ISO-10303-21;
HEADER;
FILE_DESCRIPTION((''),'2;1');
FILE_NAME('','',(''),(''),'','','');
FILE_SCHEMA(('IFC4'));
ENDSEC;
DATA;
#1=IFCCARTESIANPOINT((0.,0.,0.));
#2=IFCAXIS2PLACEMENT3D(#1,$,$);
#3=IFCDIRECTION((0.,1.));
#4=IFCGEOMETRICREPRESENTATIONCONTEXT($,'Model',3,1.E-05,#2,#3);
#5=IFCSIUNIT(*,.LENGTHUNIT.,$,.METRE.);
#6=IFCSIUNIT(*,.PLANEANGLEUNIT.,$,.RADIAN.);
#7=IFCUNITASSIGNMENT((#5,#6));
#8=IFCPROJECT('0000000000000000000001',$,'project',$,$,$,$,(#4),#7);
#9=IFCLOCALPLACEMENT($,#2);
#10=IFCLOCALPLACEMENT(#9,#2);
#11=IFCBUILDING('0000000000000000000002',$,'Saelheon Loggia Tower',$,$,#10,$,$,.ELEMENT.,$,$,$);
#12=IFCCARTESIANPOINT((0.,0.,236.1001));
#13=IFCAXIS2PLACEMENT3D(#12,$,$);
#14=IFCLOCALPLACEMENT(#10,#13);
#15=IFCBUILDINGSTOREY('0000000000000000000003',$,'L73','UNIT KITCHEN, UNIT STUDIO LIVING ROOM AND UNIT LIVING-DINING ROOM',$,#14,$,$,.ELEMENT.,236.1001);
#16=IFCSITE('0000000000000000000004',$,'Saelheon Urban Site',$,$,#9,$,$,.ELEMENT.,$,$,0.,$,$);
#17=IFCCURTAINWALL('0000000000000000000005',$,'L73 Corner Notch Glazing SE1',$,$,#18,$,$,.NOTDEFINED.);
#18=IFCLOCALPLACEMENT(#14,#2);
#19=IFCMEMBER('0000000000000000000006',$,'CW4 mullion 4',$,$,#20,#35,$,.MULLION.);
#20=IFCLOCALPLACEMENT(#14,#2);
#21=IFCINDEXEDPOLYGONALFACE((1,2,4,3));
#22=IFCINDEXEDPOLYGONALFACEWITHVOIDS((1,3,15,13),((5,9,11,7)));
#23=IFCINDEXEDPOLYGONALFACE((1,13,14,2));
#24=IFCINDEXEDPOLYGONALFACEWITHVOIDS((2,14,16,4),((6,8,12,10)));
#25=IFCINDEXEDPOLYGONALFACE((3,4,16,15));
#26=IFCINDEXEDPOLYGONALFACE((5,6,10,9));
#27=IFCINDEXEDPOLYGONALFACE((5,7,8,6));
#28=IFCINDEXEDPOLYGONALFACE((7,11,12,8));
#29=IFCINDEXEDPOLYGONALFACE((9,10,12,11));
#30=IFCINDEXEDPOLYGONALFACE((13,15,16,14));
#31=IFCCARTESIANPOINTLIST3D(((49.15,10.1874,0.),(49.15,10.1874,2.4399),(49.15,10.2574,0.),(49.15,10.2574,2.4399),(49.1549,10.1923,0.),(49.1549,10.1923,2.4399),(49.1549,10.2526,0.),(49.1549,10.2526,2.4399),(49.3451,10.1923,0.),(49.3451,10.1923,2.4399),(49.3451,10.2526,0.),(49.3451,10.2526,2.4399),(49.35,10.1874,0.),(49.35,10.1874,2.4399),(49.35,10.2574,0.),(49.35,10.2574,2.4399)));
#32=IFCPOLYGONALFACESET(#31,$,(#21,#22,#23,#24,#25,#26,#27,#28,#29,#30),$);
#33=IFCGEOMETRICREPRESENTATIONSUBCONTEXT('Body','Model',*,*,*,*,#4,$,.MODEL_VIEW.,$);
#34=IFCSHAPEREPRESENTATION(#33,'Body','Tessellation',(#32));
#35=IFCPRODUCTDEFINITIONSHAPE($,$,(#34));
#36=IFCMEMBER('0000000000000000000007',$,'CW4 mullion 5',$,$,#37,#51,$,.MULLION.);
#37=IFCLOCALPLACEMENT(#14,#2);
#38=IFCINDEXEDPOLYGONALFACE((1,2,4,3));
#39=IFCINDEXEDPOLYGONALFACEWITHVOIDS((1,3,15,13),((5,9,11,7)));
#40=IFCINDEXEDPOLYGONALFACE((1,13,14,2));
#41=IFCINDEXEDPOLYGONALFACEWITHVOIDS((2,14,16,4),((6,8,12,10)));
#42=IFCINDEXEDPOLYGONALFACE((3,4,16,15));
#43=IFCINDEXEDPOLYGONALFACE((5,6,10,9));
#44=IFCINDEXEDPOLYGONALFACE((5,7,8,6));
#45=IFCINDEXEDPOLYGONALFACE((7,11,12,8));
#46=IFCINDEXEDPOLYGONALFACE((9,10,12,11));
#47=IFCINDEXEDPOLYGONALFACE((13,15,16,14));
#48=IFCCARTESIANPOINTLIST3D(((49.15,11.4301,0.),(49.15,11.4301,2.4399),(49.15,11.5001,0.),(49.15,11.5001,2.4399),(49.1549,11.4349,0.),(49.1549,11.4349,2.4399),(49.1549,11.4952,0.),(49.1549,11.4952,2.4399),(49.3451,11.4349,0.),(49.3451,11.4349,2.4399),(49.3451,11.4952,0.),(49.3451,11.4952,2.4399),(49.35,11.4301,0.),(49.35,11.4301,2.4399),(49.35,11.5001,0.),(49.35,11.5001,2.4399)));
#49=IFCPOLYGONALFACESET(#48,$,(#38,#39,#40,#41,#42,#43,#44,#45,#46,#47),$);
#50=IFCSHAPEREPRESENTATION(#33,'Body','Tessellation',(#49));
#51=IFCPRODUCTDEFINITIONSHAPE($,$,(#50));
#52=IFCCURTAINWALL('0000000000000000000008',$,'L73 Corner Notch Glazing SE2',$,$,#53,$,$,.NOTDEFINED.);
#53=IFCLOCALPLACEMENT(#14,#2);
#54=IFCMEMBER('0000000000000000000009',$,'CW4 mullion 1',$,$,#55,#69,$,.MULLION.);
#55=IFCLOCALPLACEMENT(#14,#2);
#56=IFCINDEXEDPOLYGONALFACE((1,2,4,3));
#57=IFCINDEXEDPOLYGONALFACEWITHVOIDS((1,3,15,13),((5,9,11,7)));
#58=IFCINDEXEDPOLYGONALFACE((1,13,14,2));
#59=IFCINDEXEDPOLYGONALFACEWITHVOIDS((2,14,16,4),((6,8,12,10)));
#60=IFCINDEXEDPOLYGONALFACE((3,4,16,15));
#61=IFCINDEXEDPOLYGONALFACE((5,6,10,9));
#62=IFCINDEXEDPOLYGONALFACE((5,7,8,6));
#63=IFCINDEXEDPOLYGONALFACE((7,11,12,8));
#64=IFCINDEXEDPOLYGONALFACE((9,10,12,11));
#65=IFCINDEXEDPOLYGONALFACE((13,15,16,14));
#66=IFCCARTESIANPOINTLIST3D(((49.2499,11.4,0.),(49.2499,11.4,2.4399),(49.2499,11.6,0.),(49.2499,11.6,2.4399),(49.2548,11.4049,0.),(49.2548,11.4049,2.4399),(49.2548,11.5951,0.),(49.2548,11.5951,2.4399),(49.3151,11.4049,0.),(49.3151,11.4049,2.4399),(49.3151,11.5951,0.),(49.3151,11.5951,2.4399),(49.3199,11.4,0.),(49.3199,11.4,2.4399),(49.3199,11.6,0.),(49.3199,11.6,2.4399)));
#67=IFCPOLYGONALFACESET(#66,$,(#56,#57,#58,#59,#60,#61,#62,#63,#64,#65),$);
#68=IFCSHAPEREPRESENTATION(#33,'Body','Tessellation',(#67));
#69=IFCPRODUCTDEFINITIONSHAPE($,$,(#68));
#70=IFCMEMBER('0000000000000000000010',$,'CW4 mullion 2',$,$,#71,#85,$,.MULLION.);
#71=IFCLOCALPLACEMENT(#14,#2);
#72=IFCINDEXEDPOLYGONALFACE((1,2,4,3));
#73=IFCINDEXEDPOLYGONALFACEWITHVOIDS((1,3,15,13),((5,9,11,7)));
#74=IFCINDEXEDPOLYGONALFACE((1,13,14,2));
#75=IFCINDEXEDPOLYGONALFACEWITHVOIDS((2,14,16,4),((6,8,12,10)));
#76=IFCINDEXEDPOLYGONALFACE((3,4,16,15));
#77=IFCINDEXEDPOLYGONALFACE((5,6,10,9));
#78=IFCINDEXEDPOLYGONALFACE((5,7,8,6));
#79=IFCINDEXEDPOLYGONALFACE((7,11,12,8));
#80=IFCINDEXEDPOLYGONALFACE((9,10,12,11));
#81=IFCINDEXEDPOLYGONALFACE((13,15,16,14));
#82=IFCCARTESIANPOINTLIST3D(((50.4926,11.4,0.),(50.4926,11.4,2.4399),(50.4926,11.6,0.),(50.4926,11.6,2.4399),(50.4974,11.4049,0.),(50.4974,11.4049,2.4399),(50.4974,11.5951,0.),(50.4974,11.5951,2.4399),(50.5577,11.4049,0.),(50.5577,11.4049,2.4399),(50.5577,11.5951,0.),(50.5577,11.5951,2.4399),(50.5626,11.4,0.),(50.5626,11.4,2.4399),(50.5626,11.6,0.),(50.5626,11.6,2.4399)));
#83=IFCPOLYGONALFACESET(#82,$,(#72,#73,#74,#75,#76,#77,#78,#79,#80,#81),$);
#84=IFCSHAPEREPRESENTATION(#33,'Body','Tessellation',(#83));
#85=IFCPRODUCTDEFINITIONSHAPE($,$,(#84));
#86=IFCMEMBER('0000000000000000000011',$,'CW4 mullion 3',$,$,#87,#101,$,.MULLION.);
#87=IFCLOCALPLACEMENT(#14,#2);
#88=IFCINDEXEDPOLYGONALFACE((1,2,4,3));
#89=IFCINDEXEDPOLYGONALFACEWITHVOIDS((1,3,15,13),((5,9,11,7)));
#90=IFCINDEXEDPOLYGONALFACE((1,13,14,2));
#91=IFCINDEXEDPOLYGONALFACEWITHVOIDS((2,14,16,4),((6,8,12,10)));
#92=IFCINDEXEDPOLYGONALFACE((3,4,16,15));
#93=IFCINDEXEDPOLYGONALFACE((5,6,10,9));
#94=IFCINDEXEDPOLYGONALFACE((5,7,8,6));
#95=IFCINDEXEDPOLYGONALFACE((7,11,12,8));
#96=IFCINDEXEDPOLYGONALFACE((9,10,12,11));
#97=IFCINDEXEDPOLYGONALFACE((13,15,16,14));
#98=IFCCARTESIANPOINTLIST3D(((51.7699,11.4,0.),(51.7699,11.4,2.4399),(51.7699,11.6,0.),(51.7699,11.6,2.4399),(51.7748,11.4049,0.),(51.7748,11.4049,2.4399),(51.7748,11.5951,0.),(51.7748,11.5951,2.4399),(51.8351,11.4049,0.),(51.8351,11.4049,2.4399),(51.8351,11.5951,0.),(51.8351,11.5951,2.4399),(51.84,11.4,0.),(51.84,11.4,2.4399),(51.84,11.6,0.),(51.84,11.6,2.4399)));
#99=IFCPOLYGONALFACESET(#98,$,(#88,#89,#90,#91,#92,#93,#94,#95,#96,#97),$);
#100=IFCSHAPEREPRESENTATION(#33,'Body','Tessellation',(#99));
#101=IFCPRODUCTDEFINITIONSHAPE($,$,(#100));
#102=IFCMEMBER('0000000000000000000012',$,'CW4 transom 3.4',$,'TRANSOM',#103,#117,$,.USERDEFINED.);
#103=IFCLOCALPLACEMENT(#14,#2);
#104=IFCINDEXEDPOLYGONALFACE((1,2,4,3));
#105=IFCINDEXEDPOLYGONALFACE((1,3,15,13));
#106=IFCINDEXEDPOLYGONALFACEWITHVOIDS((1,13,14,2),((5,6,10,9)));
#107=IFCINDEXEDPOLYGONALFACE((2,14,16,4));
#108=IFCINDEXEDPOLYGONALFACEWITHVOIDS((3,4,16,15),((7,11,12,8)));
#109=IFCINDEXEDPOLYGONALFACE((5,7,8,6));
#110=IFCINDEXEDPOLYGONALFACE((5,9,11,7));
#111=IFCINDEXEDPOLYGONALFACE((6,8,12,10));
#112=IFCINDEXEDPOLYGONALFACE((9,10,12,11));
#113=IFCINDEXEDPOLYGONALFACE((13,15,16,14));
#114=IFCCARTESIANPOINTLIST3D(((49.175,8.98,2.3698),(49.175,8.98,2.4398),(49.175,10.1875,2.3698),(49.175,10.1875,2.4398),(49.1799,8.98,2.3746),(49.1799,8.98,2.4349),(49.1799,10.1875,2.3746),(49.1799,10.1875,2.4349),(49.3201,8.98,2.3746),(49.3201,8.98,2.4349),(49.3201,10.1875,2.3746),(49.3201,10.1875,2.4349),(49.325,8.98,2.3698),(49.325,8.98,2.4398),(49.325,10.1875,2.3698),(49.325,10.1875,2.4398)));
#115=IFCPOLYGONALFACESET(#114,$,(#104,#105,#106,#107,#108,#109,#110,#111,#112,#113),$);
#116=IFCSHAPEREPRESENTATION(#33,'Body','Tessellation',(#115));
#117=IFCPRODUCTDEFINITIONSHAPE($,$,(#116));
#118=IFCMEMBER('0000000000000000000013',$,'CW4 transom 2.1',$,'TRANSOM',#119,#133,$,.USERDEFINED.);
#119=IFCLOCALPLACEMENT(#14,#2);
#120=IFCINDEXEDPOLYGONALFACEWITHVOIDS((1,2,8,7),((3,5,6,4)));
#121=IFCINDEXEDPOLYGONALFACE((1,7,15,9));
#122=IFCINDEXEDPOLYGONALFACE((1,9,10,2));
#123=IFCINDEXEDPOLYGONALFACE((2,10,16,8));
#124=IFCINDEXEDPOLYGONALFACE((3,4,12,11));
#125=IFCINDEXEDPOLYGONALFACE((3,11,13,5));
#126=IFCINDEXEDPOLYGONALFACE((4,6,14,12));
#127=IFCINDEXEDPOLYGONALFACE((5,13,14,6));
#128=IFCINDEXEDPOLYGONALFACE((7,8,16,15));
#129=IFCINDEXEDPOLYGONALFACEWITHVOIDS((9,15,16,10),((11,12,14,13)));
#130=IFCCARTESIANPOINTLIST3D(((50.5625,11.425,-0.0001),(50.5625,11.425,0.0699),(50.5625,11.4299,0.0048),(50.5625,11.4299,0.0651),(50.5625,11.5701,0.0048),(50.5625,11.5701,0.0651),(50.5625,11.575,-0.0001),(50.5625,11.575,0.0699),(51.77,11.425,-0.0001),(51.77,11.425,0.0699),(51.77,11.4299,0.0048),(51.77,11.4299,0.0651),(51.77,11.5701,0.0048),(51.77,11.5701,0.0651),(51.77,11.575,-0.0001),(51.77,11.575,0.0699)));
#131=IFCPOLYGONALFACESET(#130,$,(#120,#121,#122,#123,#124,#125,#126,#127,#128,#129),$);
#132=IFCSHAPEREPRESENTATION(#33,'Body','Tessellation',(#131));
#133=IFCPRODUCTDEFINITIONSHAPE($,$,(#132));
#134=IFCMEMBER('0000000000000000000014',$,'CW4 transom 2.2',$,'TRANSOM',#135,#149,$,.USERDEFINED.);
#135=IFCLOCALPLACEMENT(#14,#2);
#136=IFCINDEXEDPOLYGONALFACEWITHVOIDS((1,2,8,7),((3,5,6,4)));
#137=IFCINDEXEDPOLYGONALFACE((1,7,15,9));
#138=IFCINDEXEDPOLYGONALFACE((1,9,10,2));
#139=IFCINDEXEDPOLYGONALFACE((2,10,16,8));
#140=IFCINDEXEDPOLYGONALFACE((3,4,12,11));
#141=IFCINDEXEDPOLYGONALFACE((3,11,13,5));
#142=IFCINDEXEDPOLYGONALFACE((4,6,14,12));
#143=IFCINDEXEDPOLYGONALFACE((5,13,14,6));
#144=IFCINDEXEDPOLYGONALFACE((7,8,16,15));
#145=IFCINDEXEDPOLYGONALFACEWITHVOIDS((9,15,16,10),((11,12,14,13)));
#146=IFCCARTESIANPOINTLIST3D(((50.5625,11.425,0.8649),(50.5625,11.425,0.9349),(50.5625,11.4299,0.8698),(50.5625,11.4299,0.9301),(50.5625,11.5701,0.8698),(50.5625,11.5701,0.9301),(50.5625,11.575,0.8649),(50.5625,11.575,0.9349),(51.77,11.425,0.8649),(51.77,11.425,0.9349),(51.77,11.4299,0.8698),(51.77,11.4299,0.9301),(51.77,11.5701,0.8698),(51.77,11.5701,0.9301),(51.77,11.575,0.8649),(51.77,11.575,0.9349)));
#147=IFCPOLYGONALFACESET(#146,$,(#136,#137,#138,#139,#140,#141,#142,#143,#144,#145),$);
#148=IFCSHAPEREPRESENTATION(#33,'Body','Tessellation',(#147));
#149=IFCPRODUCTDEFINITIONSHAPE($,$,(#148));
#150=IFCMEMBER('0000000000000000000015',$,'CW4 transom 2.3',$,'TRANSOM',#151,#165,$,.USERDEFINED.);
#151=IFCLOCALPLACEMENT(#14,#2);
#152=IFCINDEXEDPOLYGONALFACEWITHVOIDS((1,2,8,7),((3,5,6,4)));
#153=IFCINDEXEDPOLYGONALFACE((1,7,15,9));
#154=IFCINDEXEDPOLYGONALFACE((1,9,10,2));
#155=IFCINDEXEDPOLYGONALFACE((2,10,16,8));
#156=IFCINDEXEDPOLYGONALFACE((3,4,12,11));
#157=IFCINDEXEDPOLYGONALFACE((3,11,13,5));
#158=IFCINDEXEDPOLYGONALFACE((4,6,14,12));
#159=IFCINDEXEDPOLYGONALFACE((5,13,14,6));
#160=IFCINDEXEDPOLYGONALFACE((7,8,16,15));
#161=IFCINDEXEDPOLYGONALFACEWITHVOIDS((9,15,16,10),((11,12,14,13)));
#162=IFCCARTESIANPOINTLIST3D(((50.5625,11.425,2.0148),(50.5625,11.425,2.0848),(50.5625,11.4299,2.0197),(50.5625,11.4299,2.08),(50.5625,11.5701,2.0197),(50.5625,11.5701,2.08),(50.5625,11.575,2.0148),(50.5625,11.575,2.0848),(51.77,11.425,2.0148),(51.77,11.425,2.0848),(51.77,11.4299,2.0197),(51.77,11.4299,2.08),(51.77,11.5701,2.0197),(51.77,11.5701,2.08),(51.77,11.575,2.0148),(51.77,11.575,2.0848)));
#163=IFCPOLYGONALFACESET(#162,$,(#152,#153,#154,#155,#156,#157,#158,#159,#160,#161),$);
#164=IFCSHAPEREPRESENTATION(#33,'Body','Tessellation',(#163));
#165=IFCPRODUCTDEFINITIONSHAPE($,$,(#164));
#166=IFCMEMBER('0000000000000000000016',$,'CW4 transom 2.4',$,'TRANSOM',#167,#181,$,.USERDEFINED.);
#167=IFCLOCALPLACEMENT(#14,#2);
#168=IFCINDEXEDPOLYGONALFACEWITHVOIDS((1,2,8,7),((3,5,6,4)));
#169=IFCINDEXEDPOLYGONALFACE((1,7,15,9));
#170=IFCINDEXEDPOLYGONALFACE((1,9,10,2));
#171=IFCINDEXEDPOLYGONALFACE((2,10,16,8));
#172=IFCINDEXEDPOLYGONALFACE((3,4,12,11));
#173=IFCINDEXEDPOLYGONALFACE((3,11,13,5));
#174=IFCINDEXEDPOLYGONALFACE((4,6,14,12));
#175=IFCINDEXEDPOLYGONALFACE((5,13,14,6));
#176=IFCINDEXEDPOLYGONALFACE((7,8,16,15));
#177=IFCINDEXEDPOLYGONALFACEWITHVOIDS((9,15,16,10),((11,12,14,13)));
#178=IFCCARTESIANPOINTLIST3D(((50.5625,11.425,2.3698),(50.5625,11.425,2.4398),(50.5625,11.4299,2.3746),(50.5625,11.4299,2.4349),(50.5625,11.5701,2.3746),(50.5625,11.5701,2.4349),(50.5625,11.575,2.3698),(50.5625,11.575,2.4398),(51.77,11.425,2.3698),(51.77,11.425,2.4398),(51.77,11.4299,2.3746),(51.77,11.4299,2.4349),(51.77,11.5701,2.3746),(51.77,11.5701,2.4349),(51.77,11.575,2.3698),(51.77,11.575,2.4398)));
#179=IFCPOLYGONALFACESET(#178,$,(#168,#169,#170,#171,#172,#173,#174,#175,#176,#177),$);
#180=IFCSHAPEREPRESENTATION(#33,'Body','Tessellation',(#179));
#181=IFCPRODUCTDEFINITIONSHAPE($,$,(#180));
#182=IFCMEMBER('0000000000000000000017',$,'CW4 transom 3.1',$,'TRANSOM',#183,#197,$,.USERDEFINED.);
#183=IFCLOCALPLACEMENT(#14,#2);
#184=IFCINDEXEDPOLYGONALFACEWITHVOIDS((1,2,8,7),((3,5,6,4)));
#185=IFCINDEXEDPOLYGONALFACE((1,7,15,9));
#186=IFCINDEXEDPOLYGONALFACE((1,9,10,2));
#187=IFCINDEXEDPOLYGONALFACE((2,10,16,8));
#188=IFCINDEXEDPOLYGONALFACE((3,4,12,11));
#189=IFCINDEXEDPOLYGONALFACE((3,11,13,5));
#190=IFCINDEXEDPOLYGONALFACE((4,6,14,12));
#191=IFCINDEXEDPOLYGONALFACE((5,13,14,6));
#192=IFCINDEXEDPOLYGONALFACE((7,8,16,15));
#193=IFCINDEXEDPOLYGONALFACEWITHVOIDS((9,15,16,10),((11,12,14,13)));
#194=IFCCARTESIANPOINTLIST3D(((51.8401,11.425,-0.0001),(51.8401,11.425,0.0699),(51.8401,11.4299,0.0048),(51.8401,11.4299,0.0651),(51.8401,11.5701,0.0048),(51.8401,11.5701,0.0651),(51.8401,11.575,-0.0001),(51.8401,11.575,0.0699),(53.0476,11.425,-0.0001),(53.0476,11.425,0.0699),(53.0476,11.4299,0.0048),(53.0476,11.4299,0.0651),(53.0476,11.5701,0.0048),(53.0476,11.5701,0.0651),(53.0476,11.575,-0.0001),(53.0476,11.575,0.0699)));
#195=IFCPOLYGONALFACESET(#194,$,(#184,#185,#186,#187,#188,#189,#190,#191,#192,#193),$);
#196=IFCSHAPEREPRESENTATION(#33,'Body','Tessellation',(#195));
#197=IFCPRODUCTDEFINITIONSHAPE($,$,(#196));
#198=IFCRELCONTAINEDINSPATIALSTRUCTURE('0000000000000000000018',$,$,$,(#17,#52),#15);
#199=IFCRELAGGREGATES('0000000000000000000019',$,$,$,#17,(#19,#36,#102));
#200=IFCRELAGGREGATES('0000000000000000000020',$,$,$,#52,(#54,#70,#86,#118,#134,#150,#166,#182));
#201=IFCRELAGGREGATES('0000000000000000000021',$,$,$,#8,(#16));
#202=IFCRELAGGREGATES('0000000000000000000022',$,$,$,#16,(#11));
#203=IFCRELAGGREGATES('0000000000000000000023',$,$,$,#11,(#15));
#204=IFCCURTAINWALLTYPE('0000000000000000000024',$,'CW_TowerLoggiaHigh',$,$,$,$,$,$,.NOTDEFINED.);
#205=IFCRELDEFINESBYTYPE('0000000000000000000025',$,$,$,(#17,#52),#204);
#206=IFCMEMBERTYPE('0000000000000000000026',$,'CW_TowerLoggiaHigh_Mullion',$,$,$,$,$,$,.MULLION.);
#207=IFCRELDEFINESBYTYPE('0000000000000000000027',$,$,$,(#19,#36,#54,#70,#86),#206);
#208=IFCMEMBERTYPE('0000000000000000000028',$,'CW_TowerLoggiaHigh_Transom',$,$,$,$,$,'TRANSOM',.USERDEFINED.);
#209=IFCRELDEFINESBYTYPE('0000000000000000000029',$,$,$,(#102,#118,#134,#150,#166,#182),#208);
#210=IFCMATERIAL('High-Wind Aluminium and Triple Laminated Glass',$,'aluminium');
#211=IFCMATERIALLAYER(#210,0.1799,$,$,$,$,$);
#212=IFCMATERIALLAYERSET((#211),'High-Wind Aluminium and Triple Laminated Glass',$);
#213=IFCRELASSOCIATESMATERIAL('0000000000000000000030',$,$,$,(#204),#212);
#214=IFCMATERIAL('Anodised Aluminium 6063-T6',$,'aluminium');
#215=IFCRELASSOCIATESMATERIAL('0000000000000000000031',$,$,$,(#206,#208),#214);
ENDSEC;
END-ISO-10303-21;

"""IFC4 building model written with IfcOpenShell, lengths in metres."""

from ifc_helpers import new_model, si_unit, direction, frame, origin, origin_2d, place, context, subcontext, project, spatial, hollow_rectangle, extrude, source, transform, mapped, material, layer, layer_set, material_profile, profile_set, type_object, element, aggregate, save


model = new_model("IFC4")

# Units and contexts
model_context = context("Model", 3, precision=1e-05, world=origin(), true_north=direction((0.0, 1.0)))
body_context = subcontext(model_context, "Body", "Model", "MODEL_VIEW")
ifc_project = project(units=[si_unit("LENGTHUNIT", "METRE"), si_unit("PLANEANGLEUNIT", "RADIAN")], contexts=[model_context])

# Site, building, storey
site_placement = place(None, origin())
site = spatial("IfcSite", under=ifc_project, at=site_placement, Name="Saelheon Urban Site", CompositionType="ELEMENT", RefElevation=0.0)
building_placement = place(site_placement, origin())
building = spatial("IfcBuilding", under=site, at=building_placement, Name="Saelheon Loggia Tower", CompositionType="ELEMENT")
storey_placement = place(building_placement, frame((0.0, 0.0, 236.1001)))
storey = spatial("IfcBuildingStorey", under=building, at=storey_placement, Name="L73", Description="UNIT KITCHEN, UNIT STUDIO LIVING ROOM AND UNIT LIVING-DINING ROOM", CompositionType="ELEMENT", Elevation=236.1001)

# Curtain walls, members
ifc_material_1 = material(Name="High-Wind Aluminium and Triple Laminated Glass", Category="aluminium")
ifc_layer_1 = layer(ifc_material_1, 0.1799)
ifc_layer_set_1 = layer_set([ifc_layer_1], Name="High-Wind Aluminium and Triple Laminated Glass")
curtain_wall_type = type_object("IfcCurtainWallType", Name="CW_TowerLoggiaHigh", PredefinedType="NOTDEFINED", material=ifc_layer_set_1)
curtain_wall_1_placement = place(storey_placement, origin())
curtain_wall_1 = element("IfcCurtainWall", 1, at=curtain_wall_1_placement, inside=storey, type_object=curtain_wall_type, Name="L73 Corner Notch Glazing SE1", PredefinedType="NOTDEFINED")
ifc_material_2 = material(Name="Anodised Aluminium 6063-T6", Category="aluminium")
ifc_material_profile_1 = material_profile(ifc_material_2, hollow_rectangle(XDim=0.0701, YDim=0.2, WallThickness=0.0049, at=origin_2d()), Name="RHS-200x70x5")
ifc_profile_set_1 = profile_set([ifc_material_profile_1], Name="Anodised Aluminium 6063-T6")
member_type_1 = type_object("IfcMemberType", Name="CW_TowerLoggiaHigh_Mullion", PredefinedType="MULLION", material=ifc_profile_set_1)
shared_shape_1 = source(origin(), body_context, "Body", "SweptSolid", [
    extrude(hollow_rectangle(XDim=0.0701, YDim=0.2, WallThickness=0.0049, at=origin_2d()), origin(), (0.0, 0.0, 1.0), 2.4399),
])
member_1_placement = place(storey_placement, frame((49.25, 10.2224, 0.0), z_axis=(0.0, 0.0, 1.0), x_axis=(0.0, 1.0, 0.0)))
member_1 = element("IfcMember", 2, at=member_1_placement, type_object=member_type_1, Name="CW4 mullion 4", PredefinedType="MULLION", context=body_context, shape_type="MappedRepresentation", body=[
    mapped(shared_shape_1, transform((0.0, 0.0, 0.0), scale=1.0)),
])
member_2_placement = place(storey_placement, frame((49.25, 11.4651, 0.0), z_axis=(0.0, 0.0, 1.0), x_axis=(0.0, 1.0, 0.0)))
member_2 = element("IfcMember", 3, at=member_2_placement, type_object=member_type_1, Name="CW4 mullion 5", PredefinedType="MULLION", context=body_context, shape_type="MappedRepresentation", body=[
    mapped(shared_shape_1, transform((0.0, 0.0, 0.0), scale=1.0)),
])
curtain_wall_2_placement = place(storey_placement, origin())
curtain_wall_2 = element("IfcCurtainWall", 4, at=curtain_wall_2_placement, inside=storey, type_object=curtain_wall_type, Name="L73 Corner Notch Glazing SE2", PredefinedType="NOTDEFINED")
member_3_placement = place(storey_placement, frame((49.2849, 11.5, 0.0), z_axis=(0.0, 0.0, 1.0), x_axis=(1.0, 0.0, 0.0)))
member_3 = element("IfcMember", 5, at=member_3_placement, type_object=member_type_1, Name="CW4 mullion 1", PredefinedType="MULLION", context=body_context, shape_type="MappedRepresentation", body=[
    mapped(shared_shape_1, transform((0.0, 0.0, 0.0), scale=1.0)),
])
member_4_placement = place(storey_placement, frame((50.5276, 11.5, 0.0), z_axis=(0.0, 0.0, 1.0), x_axis=(1.0, 0.0, 0.0)))
member_4 = element("IfcMember", 6, at=member_4_placement, type_object=member_type_1, Name="CW4 mullion 2", PredefinedType="MULLION", context=body_context, shape_type="MappedRepresentation", body=[
    mapped(shared_shape_1, transform((0.0, 0.0, 0.0), scale=1.0)),
])
member_5_placement = place(storey_placement, frame((51.8049, 11.5, 0.0), z_axis=(0.0, 0.0, 1.0), x_axis=(1.0, 0.0, 0.0)))
member_5 = element("IfcMember", 7, at=member_5_placement, type_object=member_type_1, Name="CW4 mullion 3", PredefinedType="MULLION", context=body_context, shape_type="MappedRepresentation", body=[
    mapped(shared_shape_1, transform((0.0, 0.0, 0.0), scale=1.0)),
])

# Members
ifc_material_profile_2 = material_profile(ifc_material_2, hollow_rectangle(XDim=0.0701, YDim=0.1499, WallThickness=0.0049, at=origin_2d()), Name="RHS-150x70x5")
ifc_profile_set_2 = profile_set([ifc_material_profile_2], Name="Anodised Aluminium 6063-T6")
member_type_2 = type_object("IfcMemberType", Name="CW_TowerLoggiaHigh_Transom", ElementType="TRANSOM", PredefinedType="USERDEFINED", material=ifc_profile_set_2)
shared_shape_2 = source(origin(), body_context, "Body", "SweptSolid", [
    extrude(hollow_rectangle(XDim=0.0701, YDim=0.1499, WallThickness=0.0049, at=origin_2d()), origin(), (0.0, 0.0, 1.0), 1.2075),
])
member_6_placement = place(storey_placement, frame((49.25, 8.98, 2.4048), z_axis=(0.0, 1.0, 0.0), x_axis=(0.0, 0.0, 1.0)))
member_6 = element("IfcMember", 8, at=member_6_placement, type_object=member_type_2, Name="CW4 transom 3.4", ObjectType="TRANSOM", PredefinedType="USERDEFINED", context=body_context, shape_type="MappedRepresentation", body=[
    mapped(shared_shape_2, transform((0.0, 0.0, 0.0), scale=1.0)),
])
member_7_placement = place(storey_placement, frame((50.5625, 11.5, 0.0349), z_axis=(1.0, 0.0, 0.0), x_axis=(0.0, 0.0, 1.0)))
member_7 = element("IfcMember", 9, at=member_7_placement, type_object=member_type_2, Name="CW4 transom 2.1", ObjectType="TRANSOM", PredefinedType="USERDEFINED", context=body_context, shape_type="MappedRepresentation", body=[
    mapped(shared_shape_2, transform((0.0, 0.0, 0.0), scale=1.0)),
])
member_8_placement = place(storey_placement, frame((50.5625, 11.5, 0.8999), z_axis=(1.0, 0.0, 0.0), x_axis=(0.0, 0.0, 1.0)))
member_8 = element("IfcMember", 10, at=member_8_placement, type_object=member_type_2, Name="CW4 transom 2.2", ObjectType="TRANSOM", PredefinedType="USERDEFINED", context=body_context, shape_type="MappedRepresentation", body=[
    mapped(shared_shape_2, transform((0.0, 0.0, 0.0), scale=1.0)),
])
member_9_placement = place(storey_placement, frame((50.5625, 11.5, 2.0498), z_axis=(1.0, 0.0, 0.0), x_axis=(0.0, 0.0, 1.0)))
member_9 = element("IfcMember", 11, at=member_9_placement, type_object=member_type_2, Name="CW4 transom 2.3", ObjectType="TRANSOM", PredefinedType="USERDEFINED", context=body_context, shape_type="MappedRepresentation", body=[
    mapped(shared_shape_2, transform((0.0, 0.0, 0.0), scale=1.0)),
])
member_10_placement = place(storey_placement, frame((50.5625, 11.5, 2.4048), z_axis=(1.0, 0.0, 0.0), x_axis=(0.0, 0.0, 1.0)))
member_10 = element("IfcMember", 12, at=member_10_placement, type_object=member_type_2, Name="CW4 transom 2.4", ObjectType="TRANSOM", PredefinedType="USERDEFINED", context=body_context, shape_type="MappedRepresentation", body=[
    mapped(shared_shape_2, transform((0.0, 0.0, 0.0), scale=1.0)),
])
member_11_placement = place(storey_placement, frame((51.8401, 11.5, 0.0349), z_axis=(1.0, 0.0, 0.0), x_axis=(0.0, 0.0, 1.0)))
member_11 = element("IfcMember", 13, at=member_11_placement, type_object=member_type_2, Name="CW4 transom 3.1", ObjectType="TRANSOM", PredefinedType="USERDEFINED", context=body_context, shape_type="MappedRepresentation", body=[
    mapped(shared_shape_2, transform((0.0, 0.0, 0.0), scale=1.0)),
])

aggregate(curtain_wall_1, [member_1, member_2, member_6])
aggregate(curtain_wall_2, [member_3, member_4, member_5, member_7, member_8, member_9, member_10, member_11])

save(model, "model.ifc")
